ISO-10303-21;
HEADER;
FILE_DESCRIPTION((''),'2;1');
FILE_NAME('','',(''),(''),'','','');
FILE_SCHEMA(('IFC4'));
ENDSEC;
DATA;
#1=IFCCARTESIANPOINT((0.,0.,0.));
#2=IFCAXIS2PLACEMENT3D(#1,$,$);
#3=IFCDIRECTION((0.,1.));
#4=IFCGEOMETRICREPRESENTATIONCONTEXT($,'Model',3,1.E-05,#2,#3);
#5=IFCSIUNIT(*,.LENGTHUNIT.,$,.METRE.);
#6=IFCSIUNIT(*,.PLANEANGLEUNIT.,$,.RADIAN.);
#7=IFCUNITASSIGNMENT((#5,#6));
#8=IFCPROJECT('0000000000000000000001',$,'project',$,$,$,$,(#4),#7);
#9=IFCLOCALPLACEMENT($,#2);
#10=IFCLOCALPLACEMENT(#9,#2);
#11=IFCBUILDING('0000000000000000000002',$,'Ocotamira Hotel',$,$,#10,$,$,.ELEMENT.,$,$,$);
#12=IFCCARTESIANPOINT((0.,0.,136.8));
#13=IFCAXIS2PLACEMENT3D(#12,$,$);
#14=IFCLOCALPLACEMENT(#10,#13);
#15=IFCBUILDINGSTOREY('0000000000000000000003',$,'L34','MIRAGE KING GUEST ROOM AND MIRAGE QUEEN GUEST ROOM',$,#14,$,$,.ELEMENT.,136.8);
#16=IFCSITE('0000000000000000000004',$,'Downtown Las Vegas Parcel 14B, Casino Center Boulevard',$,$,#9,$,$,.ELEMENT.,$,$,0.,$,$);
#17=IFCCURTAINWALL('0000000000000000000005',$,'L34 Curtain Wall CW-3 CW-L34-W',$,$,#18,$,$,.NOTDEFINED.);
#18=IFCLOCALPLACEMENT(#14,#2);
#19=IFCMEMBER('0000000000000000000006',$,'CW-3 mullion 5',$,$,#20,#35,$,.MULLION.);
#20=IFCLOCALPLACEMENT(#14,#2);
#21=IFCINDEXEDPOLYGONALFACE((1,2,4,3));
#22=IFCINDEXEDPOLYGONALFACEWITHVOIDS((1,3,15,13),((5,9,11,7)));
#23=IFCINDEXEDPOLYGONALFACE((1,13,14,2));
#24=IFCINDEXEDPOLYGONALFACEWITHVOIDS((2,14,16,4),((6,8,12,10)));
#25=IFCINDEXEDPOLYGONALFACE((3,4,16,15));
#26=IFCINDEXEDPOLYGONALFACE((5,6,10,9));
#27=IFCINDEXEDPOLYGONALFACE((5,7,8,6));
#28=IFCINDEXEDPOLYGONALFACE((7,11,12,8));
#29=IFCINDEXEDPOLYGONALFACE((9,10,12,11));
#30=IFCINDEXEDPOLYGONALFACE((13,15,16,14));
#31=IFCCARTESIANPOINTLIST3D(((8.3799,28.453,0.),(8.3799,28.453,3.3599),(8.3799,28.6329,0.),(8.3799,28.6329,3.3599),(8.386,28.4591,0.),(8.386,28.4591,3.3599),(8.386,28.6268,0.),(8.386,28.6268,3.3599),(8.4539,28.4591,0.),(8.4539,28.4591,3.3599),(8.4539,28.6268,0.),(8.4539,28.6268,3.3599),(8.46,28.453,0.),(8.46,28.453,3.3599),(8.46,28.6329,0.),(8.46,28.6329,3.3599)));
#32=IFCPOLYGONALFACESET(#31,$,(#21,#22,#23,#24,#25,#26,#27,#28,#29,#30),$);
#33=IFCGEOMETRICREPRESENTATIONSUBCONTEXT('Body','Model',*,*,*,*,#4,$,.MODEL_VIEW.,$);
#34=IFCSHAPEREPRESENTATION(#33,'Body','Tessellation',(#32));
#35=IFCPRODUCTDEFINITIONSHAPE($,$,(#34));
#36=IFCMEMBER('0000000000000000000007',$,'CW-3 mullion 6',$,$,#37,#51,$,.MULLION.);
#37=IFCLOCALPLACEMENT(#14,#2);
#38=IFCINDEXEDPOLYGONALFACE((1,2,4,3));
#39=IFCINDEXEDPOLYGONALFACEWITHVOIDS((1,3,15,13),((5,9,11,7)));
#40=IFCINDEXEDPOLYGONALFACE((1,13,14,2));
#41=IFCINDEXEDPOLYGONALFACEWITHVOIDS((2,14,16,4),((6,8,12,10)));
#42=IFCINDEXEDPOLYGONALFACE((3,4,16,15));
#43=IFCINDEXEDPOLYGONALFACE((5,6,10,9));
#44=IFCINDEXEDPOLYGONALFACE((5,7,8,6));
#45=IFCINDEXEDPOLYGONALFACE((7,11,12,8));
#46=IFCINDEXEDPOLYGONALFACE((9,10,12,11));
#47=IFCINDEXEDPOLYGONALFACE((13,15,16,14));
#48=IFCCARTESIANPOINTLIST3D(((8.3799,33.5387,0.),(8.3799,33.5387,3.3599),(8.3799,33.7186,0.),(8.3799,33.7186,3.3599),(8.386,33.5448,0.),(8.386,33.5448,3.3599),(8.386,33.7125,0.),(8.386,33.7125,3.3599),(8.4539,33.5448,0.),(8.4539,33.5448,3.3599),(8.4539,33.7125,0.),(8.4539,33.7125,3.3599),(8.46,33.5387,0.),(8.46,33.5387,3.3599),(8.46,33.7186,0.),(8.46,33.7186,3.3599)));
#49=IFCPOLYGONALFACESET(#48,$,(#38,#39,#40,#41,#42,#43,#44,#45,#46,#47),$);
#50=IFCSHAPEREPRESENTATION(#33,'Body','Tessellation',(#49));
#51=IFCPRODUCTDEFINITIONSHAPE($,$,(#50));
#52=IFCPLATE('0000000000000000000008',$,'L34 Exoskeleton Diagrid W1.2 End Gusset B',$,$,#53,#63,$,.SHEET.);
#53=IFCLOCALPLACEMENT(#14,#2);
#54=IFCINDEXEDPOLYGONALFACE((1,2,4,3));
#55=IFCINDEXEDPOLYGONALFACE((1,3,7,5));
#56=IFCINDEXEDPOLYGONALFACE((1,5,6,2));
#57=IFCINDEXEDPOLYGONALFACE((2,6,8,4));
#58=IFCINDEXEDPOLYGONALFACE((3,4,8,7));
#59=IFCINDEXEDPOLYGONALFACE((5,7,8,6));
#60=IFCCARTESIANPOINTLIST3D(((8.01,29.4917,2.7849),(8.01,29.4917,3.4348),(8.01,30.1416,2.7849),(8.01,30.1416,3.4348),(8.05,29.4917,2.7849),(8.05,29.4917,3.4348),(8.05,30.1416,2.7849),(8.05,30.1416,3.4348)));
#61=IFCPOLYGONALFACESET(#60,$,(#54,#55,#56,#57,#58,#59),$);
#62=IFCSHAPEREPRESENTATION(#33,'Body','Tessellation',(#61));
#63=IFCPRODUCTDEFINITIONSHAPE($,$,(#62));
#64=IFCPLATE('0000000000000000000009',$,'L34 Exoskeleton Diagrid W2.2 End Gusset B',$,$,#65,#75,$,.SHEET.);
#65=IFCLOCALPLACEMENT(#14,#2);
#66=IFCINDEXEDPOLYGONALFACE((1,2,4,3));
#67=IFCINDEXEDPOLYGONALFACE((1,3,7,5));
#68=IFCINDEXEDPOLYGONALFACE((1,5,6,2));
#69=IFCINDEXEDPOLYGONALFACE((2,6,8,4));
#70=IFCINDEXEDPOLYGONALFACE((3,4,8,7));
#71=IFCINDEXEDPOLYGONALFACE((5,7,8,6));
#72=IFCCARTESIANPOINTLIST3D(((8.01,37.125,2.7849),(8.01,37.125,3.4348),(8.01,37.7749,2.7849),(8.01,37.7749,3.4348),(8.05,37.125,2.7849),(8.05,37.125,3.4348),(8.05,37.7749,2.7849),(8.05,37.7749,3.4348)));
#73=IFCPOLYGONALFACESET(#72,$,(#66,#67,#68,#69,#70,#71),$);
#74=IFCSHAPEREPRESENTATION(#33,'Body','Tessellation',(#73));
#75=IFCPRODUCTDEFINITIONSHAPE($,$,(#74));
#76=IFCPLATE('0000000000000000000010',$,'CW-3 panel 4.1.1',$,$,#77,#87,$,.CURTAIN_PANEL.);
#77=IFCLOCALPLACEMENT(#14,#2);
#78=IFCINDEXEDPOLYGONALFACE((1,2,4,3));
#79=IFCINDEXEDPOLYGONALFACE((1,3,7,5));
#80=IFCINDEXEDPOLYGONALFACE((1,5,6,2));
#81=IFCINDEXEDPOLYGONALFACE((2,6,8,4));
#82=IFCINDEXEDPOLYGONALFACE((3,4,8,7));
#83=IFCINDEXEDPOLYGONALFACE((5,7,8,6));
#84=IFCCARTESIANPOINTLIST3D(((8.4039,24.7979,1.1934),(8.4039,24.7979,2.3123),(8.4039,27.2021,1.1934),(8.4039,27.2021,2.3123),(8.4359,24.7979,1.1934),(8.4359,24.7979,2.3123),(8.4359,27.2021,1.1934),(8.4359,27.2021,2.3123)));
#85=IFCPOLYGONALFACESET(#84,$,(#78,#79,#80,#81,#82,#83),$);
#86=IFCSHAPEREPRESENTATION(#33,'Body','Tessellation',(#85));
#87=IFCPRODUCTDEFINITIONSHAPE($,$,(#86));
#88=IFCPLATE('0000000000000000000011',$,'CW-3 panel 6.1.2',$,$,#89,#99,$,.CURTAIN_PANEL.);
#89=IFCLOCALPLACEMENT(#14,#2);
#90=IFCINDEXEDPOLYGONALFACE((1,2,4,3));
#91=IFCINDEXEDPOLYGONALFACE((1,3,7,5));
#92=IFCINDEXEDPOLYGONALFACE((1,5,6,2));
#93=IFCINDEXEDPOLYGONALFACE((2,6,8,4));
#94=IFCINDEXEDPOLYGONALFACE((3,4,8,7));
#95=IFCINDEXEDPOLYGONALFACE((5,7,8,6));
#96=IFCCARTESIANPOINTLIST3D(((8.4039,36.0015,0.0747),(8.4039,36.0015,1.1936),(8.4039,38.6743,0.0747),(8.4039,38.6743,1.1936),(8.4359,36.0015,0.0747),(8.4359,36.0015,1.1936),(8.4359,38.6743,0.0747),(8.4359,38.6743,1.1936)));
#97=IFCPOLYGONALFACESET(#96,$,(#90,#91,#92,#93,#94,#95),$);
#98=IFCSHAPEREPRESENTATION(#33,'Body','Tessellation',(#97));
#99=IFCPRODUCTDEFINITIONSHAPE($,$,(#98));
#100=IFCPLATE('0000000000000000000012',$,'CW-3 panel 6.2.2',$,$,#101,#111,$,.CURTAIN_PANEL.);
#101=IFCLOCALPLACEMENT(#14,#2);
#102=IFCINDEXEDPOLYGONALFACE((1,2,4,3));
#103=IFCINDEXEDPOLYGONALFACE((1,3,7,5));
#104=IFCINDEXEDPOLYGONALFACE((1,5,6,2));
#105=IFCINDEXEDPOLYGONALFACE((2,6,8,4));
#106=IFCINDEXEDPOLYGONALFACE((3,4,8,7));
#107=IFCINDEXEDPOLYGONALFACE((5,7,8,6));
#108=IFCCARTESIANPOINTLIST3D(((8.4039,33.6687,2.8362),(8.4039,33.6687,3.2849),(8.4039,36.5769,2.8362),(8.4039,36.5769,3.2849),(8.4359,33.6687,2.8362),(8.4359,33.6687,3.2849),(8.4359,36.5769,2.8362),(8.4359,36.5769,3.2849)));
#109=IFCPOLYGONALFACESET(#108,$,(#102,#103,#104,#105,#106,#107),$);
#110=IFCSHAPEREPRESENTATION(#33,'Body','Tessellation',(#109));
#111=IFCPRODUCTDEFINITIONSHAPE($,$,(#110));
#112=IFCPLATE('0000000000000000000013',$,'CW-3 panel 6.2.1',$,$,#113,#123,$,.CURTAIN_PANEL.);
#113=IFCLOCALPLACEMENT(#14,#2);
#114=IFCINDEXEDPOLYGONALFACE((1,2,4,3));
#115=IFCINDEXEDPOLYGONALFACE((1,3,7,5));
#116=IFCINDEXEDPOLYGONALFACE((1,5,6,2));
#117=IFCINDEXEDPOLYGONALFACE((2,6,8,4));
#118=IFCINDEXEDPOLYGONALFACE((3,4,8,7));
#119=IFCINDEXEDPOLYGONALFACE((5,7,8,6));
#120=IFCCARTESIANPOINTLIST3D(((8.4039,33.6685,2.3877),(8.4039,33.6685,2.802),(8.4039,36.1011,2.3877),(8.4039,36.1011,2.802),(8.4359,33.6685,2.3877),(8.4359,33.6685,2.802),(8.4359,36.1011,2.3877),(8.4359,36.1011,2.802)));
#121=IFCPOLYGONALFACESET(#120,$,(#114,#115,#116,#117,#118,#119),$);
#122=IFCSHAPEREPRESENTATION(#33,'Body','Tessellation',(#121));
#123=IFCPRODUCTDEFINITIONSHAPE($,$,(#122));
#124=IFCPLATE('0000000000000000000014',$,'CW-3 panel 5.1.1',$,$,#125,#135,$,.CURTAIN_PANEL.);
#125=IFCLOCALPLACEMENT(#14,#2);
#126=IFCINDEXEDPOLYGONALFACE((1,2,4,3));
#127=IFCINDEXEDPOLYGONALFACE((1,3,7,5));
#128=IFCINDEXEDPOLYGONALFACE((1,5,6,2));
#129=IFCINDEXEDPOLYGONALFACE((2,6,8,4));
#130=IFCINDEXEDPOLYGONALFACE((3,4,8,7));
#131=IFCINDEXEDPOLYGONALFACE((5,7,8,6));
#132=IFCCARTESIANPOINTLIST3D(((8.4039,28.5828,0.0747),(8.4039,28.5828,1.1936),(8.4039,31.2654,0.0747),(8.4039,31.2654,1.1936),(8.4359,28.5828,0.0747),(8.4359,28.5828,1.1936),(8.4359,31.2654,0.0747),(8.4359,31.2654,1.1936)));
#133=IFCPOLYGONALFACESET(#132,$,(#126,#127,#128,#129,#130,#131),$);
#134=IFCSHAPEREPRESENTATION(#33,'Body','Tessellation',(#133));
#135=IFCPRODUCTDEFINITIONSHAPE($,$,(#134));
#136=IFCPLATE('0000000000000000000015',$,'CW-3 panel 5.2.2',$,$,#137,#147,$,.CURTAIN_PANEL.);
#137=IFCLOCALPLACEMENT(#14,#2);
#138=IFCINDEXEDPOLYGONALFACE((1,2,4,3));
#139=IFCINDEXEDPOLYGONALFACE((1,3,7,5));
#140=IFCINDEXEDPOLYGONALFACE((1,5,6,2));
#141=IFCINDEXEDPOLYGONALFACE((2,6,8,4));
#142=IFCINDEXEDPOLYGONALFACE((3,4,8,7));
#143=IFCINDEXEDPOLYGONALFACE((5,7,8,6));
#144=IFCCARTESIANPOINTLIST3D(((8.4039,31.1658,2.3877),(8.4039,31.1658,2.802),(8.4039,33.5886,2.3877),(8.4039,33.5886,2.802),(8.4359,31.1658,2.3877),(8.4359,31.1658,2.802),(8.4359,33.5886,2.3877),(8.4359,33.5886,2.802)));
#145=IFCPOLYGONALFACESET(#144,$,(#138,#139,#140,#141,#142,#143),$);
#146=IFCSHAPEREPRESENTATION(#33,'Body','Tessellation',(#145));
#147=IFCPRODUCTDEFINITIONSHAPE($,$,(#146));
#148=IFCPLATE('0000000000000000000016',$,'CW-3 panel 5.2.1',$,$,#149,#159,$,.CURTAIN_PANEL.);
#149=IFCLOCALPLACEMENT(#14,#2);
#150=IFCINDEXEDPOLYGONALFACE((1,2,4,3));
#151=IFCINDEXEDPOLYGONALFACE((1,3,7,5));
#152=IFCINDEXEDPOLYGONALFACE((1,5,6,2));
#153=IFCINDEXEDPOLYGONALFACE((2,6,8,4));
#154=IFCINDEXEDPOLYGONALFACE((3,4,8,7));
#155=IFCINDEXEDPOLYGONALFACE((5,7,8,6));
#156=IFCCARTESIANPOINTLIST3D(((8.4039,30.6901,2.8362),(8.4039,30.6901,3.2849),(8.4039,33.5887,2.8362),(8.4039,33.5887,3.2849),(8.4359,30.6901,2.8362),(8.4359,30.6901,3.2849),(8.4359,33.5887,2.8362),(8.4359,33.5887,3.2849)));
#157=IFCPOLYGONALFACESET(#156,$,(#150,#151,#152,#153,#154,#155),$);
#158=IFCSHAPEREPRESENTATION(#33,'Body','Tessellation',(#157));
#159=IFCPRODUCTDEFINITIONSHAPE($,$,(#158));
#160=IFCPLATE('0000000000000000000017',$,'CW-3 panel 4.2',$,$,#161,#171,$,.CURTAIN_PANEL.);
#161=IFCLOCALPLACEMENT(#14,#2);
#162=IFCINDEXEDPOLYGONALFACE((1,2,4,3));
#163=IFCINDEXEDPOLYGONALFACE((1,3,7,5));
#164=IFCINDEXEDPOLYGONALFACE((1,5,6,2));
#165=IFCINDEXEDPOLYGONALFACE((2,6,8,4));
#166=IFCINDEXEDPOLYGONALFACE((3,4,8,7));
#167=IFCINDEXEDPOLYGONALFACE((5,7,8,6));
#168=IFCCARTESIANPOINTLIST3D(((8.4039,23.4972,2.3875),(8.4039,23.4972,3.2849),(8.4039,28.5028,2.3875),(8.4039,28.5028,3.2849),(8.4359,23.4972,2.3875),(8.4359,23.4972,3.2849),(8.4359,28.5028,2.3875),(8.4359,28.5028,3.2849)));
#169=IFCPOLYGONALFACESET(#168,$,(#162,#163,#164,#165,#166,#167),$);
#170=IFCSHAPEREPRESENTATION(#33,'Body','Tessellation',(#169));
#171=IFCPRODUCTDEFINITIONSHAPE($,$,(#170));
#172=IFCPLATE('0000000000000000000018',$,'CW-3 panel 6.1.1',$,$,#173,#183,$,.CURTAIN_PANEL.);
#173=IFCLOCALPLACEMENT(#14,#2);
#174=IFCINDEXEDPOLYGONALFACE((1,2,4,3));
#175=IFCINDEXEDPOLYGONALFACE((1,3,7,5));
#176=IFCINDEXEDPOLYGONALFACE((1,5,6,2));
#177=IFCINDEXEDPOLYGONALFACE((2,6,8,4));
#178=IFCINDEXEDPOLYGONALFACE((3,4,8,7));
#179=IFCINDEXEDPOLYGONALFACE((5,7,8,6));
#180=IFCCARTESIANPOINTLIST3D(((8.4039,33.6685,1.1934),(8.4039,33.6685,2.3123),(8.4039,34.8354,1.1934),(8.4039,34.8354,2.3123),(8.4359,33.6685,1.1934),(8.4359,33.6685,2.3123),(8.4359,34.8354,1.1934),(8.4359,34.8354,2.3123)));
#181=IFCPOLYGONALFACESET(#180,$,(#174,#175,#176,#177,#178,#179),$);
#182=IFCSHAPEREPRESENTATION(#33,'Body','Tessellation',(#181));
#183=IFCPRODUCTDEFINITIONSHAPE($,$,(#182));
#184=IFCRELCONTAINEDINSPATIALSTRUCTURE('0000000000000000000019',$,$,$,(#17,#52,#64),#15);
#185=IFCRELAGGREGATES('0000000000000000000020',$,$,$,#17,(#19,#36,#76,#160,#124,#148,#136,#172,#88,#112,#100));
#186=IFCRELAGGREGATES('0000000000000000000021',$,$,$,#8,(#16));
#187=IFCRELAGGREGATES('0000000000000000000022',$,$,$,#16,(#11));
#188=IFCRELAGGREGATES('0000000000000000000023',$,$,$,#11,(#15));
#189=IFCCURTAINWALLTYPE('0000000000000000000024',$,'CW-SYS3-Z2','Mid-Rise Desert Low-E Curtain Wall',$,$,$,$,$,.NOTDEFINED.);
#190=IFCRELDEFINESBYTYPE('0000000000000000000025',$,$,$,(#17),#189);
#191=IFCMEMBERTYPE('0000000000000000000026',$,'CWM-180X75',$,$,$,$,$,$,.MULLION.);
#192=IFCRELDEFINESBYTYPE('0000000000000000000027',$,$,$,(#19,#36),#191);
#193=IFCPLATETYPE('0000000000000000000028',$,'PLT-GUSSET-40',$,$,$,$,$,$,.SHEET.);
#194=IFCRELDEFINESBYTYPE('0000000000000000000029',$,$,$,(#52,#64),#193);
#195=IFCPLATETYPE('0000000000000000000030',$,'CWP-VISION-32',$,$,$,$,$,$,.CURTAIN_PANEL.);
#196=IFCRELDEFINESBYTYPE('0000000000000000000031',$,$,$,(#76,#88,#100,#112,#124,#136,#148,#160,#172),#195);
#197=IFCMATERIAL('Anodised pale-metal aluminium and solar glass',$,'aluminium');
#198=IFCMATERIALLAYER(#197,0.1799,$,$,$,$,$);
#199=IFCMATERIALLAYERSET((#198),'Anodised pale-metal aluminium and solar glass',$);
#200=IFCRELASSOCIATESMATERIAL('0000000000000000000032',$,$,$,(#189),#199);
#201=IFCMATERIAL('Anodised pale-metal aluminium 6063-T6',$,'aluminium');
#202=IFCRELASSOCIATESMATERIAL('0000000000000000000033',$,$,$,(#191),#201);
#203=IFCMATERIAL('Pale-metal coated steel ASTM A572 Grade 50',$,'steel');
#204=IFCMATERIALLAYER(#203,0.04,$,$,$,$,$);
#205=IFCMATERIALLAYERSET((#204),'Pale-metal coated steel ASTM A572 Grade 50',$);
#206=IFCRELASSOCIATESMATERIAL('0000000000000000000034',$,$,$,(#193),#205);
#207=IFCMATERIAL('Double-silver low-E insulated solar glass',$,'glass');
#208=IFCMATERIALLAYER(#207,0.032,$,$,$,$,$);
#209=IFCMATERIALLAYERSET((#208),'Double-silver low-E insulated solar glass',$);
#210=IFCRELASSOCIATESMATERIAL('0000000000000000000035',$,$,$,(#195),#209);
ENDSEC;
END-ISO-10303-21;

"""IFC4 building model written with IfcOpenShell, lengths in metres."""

from ifc_helpers import new_model, si_unit, direction, frame, origin, origin_2d, place, context, subcontext, project, spatial, rectangle, hollow_rectangle, extrude, source, transform, mapped, material, layer, layer_set, material_profile, profile_set, type_object, element, aggregate, save


model = new_model("IFC4")

# Units and contexts
model_context = context("Model", 3, precision=1e-05, world=origin(), true_north=direction((0.0, 1.0)))
body_context = subcontext(model_context, "Body", "Model", "MODEL_VIEW")
ifc_project = project(units=[si_unit("LENGTHUNIT", "METRE"), si_unit("PLANEANGLEUNIT", "RADIAN")], contexts=[model_context])

# Site, building, storey
site_placement = place(None, origin())
site = spatial("IfcSite", under=ifc_project, at=site_placement, Name="Downtown Las Vegas Parcel 14B, Casino Center Boulevard", CompositionType="ELEMENT", RefElevation=0.0)
building_placement = place(site_placement, origin())
building = spatial("IfcBuilding", under=site, at=building_placement, Name="Ocotamira Hotel", CompositionType="ELEMENT")
storey_placement = place(building_placement, frame((0.0, 0.0, 136.8)))
storey = spatial("IfcBuildingStorey", under=building, at=storey_placement, Name="L34", Description="MIRAGE KING GUEST ROOM AND MIRAGE QUEEN GUEST ROOM", CompositionType="ELEMENT", Elevation=136.8)

# Curtain wall, members
ifc_material_1 = material(Name="Anodised pale-metal aluminium and solar glass", Category="aluminium")
ifc_layer_1 = layer(ifc_material_1, 0.1799)
ifc_layer_set_1 = layer_set([ifc_layer_1], Name="Anodised pale-metal aluminium and solar glass")
curtain_wall_type = type_object("IfcCurtainWallType", Name="CW-SYS3-Z2", Description="Mid-Rise Desert Low-E Curtain Wall", PredefinedType="NOTDEFINED", material=ifc_layer_set_1)
curtain_wall_placement = place(storey_placement, origin())
curtain_wall = element("IfcCurtainWall", 1, at=curtain_wall_placement, inside=storey, type_object=curtain_wall_type, Name="L34 Curtain Wall CW-3 CW-L34-W", PredefinedType="NOTDEFINED")
ifc_material_2 = material(Name="Anodised pale-metal aluminium 6063-T6", Category="aluminium")
ifc_material_profile_1 = material_profile(ifc_material_2, hollow_rectangle(XDim=0.0801, YDim=0.1799, WallThickness=0.0061, at=origin_2d()), Name="HSS180X80X6")
ifc_profile_set_1 = profile_set([ifc_material_profile_1], Name="Anodised pale-metal aluminium 6063-T6")
member_type_1 = type_object("IfcMemberType", Name="CWM-180X75", PredefinedType="MULLION", material=ifc_profile_set_1)
shared_shape_1 = source(origin(), body_context, "Body", "SweptSolid", [
    extrude(hollow_rectangle(XDim=0.0801, YDim=0.1799, WallThickness=0.0061, at=origin_2d()), origin(), (0.0, 0.0, 1.0), 3.3599),
])
member_1_placement = place(storey_placement, frame((8.4199, 28.543, 0.0), z_axis=(0.0, 0.0, 1.0), x_axis=(-1.0, 0.0, 0.0)))
member_1 = element("IfcMember", 2, at=member_1_placement, type_object=member_type_1, Name="CW-3 mullion 5", PredefinedType="MULLION", context=body_context, shape_type="MappedRepresentation", body=[
    mapped(shared_shape_1, transform((0.0, 0.0, 0.0), scale=1.0)),
])
member_2_placement = place(storey_placement, frame((8.4199, 33.6287, 0.0), z_axis=(0.0, 0.0, 1.0), x_axis=(-1.0, 0.0, 0.0)))
member_2 = element("IfcMember", 3, at=member_2_placement, type_object=member_type_1, Name="CW-3 mullion 6", PredefinedType="MULLION", context=body_context, shape_type="MappedRepresentation", body=[
    mapped(shared_shape_1, transform((0.0, 0.0, 0.0), scale=1.0)),
])

# Plates
ifc_material_3 = material(Name="Pale-metal coated steel ASTM A572 Grade 50", Category="steel")
ifc_layer_2 = layer(ifc_material_3, 0.04)
ifc_layer_set_2 = layer_set([ifc_layer_2], Name="Pale-metal coated steel ASTM A572 Grade 50")
plate_type_1 = type_object("IfcPlateType", Name="PLT-GUSSET-40", PredefinedType="SHEET", material=ifc_layer_set_2)
shared_shape_2 = source(origin(), body_context, "Body", "SweptSolid", [
    extrude(rectangle(XDim=0.04, YDim=0.6499, at=origin_2d()), origin(), (0.0, 0.0, 1.0), 0.6499),
])
for number, where, z_axis, x_axis, name in (
    (4, (8.03, 29.8167, 2.7849), (0.0, 0.0, 1.0), (1.0, 0.0, 0.0), "L34 Exoskeleton Diagrid W1.2 End Gusset B"),
    (5, (8.03, 37.45, 2.7849), (0.0, 0.0, 1.0), (1.0, 0.0, 0.0), "L34 Exoskeleton Diagrid W2.2 End Gusset B"),
):
    element("IfcPlate", number, at=place(storey_placement, frame(where, z_axis=z_axis, x_axis=x_axis)), inside=storey, type_object=plate_type_1, Name=name, PredefinedType="SHEET", context=body_context, shape_type="MappedRepresentation", body=[
        mapped(shared_shape_2, transform((0.0, 0.0, 0.0), scale=1.0)),
    ])

# Plates
ifc_material_4 = material(Name="Double-silver low-E insulated solar glass", Category="glass")
ifc_layer_3 = layer(ifc_material_4, 0.032)
ifc_layer_set_3 = layer_set([ifc_layer_3], Name="Double-silver low-E insulated solar glass")
plate_type_2 = type_object("IfcPlateType", Name="CWP-VISION-32", PredefinedType="CURTAIN_PANEL", material=ifc_layer_set_3)
shared_shape_3 = source(origin(), body_context, "Body", "SweptSolid", [
    extrude(rectangle(XDim=2.4043, YDim=0.032, at=origin_2d()), origin(), (0.0, 0.0, 1.0), 1.1189),
])
plate_1_placement = place(storey_placement, frame((8.4199, 26.0, 1.1934), z_axis=(0.0, 0.0, 1.0), x_axis=(0.0, 1.0, 0.0)))
plate_1 = element("IfcPlate", 6, at=plate_1_placement, type_object=plate_type_2, Name="CW-3 panel 4.1.1", PredefinedType="CURTAIN_PANEL", context=body_context, shape_type="MappedRepresentation", body=[
    mapped(shared_shape_3, transform((0.0, 0.0, 0.0), scale=1.0)),
])
shared_shape_4 = source(origin(), body_context, "Body", "SweptSolid", [
    extrude(rectangle(XDim=2.6729, YDim=0.032, at=origin_2d()), origin(), (0.0, 0.0, 1.0), 1.1189),
])
plate_2_placement = place(storey_placement, frame((8.4199, 37.3379, 0.0747), z_axis=(0.0, 0.0, 1.0), x_axis=(0.0, 1.0, 0.0)))
plate_2 = element("IfcPlate", 7, at=plate_2_placement, type_object=plate_type_2, Name="CW-3 panel 6.1.2", PredefinedType="CURTAIN_PANEL", context=body_context, shape_type="MappedRepresentation", body=[
    mapped(shared_shape_4, transform((0.0, 0.0, 0.0), scale=1.0)),
])
shared_shape_5 = source(origin(), body_context, "Body", "SweptSolid", [
    extrude(rectangle(XDim=2.9082, YDim=0.032, at=origin_2d()), origin(), (0.0, 0.0, 1.0), 0.4487),
])
plate_3_placement = place(storey_placement, frame((8.4199, 35.1228, 2.8362), z_axis=(0.0, 0.0, 1.0), x_axis=(0.0, 1.0, 0.0)))
plate_3 = element("IfcPlate", 8, at=plate_3_placement, type_object=plate_type_2, Name="CW-3 panel 6.2.2", PredefinedType="CURTAIN_PANEL", context=body_context, shape_type="MappedRepresentation", body=[
    mapped(shared_shape_5, transform((0.0, 0.0, 0.0), scale=1.0)),
])
shared_shape_6 = source(origin(), body_context, "Body", "SweptSolid", [
    extrude(rectangle(XDim=2.4326, YDim=0.032, at=origin_2d()), origin(), (0.0, 0.0, 1.0), 0.4143),
])
plate_4_placement = place(storey_placement, frame((8.4199, 34.8848, 2.3877), z_axis=(0.0, 0.0, 1.0), x_axis=(0.0, 1.0, 0.0)))
plate_4 = element("IfcPlate", 9, at=plate_4_placement, type_object=plate_type_2, Name="CW-3 panel 6.2.1", PredefinedType="CURTAIN_PANEL", context=body_context, shape_type="MappedRepresentation", body=[
    mapped(shared_shape_6, transform((0.0, 0.0, 0.0), scale=1.0)),
])
shared_shape_7 = source(origin(), body_context, "Body", "SweptSolid", [
    extrude(rectangle(XDim=2.6826, YDim=0.032, at=origin_2d()), origin(), (0.0, 0.0, 1.0), 1.1189),
])
plate_5_placement = place(storey_placement, frame((8.4199, 29.9241, 0.0747), z_axis=(0.0, 0.0, 1.0), x_axis=(0.0, 1.0, 0.0)))
plate_5 = element("IfcPlate", 10, at=plate_5_placement, type_object=plate_type_2, Name="CW-3 panel 5.1.1", PredefinedType="CURTAIN_PANEL", context=body_context, shape_type="MappedRepresentation", body=[
    mapped(shared_shape_7, transform((0.0, 0.0, 0.0), scale=1.0)),
])
shared_shape_8 = source(origin(), body_context, "Body", "SweptSolid", [
    extrude(rectangle(XDim=2.4229, YDim=0.032, at=origin_2d()), origin(), (0.0, 0.0, 1.0), 0.4143),
])
plate_6_placement = place(storey_placement, frame((8.4199, 32.3772, 2.3877), z_axis=(0.0, 0.0, 1.0), x_axis=(0.0, 1.0, 0.0)))
plate_6 = element("IfcPlate", 11, at=plate_6_placement, type_object=plate_type_2, Name="CW-3 panel 5.2.2", PredefinedType="CURTAIN_PANEL", context=body_context, shape_type="MappedRepresentation", body=[
    mapped(shared_shape_8, transform((0.0, 0.0, 0.0), scale=1.0)),
])
shared_shape_9 = source(origin(), body_context, "Body", "SweptSolid", [
    extrude(rectangle(XDim=2.8987, YDim=0.032, at=origin_2d()), origin(), (0.0, 0.0, 1.0), 0.4487),
])
plate_7_placement = place(storey_placement, frame((8.4199, 32.1394, 2.8362), z_axis=(0.0, 0.0, 1.0), x_axis=(0.0, 1.0, 0.0)))
plate_7 = element("IfcPlate", 12, at=plate_7_placement, type_object=plate_type_2, Name="CW-3 panel 5.2.1", PredefinedType="CURTAIN_PANEL", context=body_context, shape_type="MappedRepresentation", body=[
    mapped(shared_shape_9, transform((0.0, 0.0, 0.0), scale=1.0)),
])
shared_shape_10 = source(origin(), body_context, "Body", "SweptSolid", [
    extrude(rectangle(XDim=5.0056, YDim=0.032, at=origin_2d()), origin(), (0.0, 0.0, 1.0), 0.8975),
])
plate_8_placement = place(storey_placement, frame((8.4199, 26.0, 2.3875), z_axis=(0.0, 0.0, 1.0), x_axis=(0.0, 1.0, 0.0)))
plate_8 = element("IfcPlate", 13, at=plate_8_placement, type_object=plate_type_2, Name="CW-3 panel 4.2", PredefinedType="CURTAIN_PANEL", context=body_context, shape_type="MappedRepresentation", body=[
    mapped(shared_shape_10, transform((0.0, 0.0, 0.0), scale=1.0)),
])
shared_shape_11 = source(origin(), body_context, "Body", "SweptSolid", [
    extrude(rectangle(XDim=1.167, YDim=0.032, at=origin_2d()), origin(), (0.0, 0.0, 1.0), 1.1189),
])
plate_9_placement = place(storey_placement, frame((8.4199, 34.252, 1.1934), z_axis=(0.0, 0.0, 1.0), x_axis=(0.0, 1.0, 0.0)))
plate_9 = element("IfcPlate", 14, at=plate_9_placement, type_object=plate_type_2, Name="CW-3 panel 6.1.1", PredefinedType="CURTAIN_PANEL", context=body_context, shape_type="MappedRepresentation", body=[
    mapped(shared_shape_11, transform((0.0, 0.0, 0.0), scale=1.0)),
])
aggregate(curtain_wall, [member_1, member_2, plate_1, plate_8, plate_5, plate_7, plate_6, plate_9, plate_2, plate_4, plate_3])

save(model, "model.ifc")
